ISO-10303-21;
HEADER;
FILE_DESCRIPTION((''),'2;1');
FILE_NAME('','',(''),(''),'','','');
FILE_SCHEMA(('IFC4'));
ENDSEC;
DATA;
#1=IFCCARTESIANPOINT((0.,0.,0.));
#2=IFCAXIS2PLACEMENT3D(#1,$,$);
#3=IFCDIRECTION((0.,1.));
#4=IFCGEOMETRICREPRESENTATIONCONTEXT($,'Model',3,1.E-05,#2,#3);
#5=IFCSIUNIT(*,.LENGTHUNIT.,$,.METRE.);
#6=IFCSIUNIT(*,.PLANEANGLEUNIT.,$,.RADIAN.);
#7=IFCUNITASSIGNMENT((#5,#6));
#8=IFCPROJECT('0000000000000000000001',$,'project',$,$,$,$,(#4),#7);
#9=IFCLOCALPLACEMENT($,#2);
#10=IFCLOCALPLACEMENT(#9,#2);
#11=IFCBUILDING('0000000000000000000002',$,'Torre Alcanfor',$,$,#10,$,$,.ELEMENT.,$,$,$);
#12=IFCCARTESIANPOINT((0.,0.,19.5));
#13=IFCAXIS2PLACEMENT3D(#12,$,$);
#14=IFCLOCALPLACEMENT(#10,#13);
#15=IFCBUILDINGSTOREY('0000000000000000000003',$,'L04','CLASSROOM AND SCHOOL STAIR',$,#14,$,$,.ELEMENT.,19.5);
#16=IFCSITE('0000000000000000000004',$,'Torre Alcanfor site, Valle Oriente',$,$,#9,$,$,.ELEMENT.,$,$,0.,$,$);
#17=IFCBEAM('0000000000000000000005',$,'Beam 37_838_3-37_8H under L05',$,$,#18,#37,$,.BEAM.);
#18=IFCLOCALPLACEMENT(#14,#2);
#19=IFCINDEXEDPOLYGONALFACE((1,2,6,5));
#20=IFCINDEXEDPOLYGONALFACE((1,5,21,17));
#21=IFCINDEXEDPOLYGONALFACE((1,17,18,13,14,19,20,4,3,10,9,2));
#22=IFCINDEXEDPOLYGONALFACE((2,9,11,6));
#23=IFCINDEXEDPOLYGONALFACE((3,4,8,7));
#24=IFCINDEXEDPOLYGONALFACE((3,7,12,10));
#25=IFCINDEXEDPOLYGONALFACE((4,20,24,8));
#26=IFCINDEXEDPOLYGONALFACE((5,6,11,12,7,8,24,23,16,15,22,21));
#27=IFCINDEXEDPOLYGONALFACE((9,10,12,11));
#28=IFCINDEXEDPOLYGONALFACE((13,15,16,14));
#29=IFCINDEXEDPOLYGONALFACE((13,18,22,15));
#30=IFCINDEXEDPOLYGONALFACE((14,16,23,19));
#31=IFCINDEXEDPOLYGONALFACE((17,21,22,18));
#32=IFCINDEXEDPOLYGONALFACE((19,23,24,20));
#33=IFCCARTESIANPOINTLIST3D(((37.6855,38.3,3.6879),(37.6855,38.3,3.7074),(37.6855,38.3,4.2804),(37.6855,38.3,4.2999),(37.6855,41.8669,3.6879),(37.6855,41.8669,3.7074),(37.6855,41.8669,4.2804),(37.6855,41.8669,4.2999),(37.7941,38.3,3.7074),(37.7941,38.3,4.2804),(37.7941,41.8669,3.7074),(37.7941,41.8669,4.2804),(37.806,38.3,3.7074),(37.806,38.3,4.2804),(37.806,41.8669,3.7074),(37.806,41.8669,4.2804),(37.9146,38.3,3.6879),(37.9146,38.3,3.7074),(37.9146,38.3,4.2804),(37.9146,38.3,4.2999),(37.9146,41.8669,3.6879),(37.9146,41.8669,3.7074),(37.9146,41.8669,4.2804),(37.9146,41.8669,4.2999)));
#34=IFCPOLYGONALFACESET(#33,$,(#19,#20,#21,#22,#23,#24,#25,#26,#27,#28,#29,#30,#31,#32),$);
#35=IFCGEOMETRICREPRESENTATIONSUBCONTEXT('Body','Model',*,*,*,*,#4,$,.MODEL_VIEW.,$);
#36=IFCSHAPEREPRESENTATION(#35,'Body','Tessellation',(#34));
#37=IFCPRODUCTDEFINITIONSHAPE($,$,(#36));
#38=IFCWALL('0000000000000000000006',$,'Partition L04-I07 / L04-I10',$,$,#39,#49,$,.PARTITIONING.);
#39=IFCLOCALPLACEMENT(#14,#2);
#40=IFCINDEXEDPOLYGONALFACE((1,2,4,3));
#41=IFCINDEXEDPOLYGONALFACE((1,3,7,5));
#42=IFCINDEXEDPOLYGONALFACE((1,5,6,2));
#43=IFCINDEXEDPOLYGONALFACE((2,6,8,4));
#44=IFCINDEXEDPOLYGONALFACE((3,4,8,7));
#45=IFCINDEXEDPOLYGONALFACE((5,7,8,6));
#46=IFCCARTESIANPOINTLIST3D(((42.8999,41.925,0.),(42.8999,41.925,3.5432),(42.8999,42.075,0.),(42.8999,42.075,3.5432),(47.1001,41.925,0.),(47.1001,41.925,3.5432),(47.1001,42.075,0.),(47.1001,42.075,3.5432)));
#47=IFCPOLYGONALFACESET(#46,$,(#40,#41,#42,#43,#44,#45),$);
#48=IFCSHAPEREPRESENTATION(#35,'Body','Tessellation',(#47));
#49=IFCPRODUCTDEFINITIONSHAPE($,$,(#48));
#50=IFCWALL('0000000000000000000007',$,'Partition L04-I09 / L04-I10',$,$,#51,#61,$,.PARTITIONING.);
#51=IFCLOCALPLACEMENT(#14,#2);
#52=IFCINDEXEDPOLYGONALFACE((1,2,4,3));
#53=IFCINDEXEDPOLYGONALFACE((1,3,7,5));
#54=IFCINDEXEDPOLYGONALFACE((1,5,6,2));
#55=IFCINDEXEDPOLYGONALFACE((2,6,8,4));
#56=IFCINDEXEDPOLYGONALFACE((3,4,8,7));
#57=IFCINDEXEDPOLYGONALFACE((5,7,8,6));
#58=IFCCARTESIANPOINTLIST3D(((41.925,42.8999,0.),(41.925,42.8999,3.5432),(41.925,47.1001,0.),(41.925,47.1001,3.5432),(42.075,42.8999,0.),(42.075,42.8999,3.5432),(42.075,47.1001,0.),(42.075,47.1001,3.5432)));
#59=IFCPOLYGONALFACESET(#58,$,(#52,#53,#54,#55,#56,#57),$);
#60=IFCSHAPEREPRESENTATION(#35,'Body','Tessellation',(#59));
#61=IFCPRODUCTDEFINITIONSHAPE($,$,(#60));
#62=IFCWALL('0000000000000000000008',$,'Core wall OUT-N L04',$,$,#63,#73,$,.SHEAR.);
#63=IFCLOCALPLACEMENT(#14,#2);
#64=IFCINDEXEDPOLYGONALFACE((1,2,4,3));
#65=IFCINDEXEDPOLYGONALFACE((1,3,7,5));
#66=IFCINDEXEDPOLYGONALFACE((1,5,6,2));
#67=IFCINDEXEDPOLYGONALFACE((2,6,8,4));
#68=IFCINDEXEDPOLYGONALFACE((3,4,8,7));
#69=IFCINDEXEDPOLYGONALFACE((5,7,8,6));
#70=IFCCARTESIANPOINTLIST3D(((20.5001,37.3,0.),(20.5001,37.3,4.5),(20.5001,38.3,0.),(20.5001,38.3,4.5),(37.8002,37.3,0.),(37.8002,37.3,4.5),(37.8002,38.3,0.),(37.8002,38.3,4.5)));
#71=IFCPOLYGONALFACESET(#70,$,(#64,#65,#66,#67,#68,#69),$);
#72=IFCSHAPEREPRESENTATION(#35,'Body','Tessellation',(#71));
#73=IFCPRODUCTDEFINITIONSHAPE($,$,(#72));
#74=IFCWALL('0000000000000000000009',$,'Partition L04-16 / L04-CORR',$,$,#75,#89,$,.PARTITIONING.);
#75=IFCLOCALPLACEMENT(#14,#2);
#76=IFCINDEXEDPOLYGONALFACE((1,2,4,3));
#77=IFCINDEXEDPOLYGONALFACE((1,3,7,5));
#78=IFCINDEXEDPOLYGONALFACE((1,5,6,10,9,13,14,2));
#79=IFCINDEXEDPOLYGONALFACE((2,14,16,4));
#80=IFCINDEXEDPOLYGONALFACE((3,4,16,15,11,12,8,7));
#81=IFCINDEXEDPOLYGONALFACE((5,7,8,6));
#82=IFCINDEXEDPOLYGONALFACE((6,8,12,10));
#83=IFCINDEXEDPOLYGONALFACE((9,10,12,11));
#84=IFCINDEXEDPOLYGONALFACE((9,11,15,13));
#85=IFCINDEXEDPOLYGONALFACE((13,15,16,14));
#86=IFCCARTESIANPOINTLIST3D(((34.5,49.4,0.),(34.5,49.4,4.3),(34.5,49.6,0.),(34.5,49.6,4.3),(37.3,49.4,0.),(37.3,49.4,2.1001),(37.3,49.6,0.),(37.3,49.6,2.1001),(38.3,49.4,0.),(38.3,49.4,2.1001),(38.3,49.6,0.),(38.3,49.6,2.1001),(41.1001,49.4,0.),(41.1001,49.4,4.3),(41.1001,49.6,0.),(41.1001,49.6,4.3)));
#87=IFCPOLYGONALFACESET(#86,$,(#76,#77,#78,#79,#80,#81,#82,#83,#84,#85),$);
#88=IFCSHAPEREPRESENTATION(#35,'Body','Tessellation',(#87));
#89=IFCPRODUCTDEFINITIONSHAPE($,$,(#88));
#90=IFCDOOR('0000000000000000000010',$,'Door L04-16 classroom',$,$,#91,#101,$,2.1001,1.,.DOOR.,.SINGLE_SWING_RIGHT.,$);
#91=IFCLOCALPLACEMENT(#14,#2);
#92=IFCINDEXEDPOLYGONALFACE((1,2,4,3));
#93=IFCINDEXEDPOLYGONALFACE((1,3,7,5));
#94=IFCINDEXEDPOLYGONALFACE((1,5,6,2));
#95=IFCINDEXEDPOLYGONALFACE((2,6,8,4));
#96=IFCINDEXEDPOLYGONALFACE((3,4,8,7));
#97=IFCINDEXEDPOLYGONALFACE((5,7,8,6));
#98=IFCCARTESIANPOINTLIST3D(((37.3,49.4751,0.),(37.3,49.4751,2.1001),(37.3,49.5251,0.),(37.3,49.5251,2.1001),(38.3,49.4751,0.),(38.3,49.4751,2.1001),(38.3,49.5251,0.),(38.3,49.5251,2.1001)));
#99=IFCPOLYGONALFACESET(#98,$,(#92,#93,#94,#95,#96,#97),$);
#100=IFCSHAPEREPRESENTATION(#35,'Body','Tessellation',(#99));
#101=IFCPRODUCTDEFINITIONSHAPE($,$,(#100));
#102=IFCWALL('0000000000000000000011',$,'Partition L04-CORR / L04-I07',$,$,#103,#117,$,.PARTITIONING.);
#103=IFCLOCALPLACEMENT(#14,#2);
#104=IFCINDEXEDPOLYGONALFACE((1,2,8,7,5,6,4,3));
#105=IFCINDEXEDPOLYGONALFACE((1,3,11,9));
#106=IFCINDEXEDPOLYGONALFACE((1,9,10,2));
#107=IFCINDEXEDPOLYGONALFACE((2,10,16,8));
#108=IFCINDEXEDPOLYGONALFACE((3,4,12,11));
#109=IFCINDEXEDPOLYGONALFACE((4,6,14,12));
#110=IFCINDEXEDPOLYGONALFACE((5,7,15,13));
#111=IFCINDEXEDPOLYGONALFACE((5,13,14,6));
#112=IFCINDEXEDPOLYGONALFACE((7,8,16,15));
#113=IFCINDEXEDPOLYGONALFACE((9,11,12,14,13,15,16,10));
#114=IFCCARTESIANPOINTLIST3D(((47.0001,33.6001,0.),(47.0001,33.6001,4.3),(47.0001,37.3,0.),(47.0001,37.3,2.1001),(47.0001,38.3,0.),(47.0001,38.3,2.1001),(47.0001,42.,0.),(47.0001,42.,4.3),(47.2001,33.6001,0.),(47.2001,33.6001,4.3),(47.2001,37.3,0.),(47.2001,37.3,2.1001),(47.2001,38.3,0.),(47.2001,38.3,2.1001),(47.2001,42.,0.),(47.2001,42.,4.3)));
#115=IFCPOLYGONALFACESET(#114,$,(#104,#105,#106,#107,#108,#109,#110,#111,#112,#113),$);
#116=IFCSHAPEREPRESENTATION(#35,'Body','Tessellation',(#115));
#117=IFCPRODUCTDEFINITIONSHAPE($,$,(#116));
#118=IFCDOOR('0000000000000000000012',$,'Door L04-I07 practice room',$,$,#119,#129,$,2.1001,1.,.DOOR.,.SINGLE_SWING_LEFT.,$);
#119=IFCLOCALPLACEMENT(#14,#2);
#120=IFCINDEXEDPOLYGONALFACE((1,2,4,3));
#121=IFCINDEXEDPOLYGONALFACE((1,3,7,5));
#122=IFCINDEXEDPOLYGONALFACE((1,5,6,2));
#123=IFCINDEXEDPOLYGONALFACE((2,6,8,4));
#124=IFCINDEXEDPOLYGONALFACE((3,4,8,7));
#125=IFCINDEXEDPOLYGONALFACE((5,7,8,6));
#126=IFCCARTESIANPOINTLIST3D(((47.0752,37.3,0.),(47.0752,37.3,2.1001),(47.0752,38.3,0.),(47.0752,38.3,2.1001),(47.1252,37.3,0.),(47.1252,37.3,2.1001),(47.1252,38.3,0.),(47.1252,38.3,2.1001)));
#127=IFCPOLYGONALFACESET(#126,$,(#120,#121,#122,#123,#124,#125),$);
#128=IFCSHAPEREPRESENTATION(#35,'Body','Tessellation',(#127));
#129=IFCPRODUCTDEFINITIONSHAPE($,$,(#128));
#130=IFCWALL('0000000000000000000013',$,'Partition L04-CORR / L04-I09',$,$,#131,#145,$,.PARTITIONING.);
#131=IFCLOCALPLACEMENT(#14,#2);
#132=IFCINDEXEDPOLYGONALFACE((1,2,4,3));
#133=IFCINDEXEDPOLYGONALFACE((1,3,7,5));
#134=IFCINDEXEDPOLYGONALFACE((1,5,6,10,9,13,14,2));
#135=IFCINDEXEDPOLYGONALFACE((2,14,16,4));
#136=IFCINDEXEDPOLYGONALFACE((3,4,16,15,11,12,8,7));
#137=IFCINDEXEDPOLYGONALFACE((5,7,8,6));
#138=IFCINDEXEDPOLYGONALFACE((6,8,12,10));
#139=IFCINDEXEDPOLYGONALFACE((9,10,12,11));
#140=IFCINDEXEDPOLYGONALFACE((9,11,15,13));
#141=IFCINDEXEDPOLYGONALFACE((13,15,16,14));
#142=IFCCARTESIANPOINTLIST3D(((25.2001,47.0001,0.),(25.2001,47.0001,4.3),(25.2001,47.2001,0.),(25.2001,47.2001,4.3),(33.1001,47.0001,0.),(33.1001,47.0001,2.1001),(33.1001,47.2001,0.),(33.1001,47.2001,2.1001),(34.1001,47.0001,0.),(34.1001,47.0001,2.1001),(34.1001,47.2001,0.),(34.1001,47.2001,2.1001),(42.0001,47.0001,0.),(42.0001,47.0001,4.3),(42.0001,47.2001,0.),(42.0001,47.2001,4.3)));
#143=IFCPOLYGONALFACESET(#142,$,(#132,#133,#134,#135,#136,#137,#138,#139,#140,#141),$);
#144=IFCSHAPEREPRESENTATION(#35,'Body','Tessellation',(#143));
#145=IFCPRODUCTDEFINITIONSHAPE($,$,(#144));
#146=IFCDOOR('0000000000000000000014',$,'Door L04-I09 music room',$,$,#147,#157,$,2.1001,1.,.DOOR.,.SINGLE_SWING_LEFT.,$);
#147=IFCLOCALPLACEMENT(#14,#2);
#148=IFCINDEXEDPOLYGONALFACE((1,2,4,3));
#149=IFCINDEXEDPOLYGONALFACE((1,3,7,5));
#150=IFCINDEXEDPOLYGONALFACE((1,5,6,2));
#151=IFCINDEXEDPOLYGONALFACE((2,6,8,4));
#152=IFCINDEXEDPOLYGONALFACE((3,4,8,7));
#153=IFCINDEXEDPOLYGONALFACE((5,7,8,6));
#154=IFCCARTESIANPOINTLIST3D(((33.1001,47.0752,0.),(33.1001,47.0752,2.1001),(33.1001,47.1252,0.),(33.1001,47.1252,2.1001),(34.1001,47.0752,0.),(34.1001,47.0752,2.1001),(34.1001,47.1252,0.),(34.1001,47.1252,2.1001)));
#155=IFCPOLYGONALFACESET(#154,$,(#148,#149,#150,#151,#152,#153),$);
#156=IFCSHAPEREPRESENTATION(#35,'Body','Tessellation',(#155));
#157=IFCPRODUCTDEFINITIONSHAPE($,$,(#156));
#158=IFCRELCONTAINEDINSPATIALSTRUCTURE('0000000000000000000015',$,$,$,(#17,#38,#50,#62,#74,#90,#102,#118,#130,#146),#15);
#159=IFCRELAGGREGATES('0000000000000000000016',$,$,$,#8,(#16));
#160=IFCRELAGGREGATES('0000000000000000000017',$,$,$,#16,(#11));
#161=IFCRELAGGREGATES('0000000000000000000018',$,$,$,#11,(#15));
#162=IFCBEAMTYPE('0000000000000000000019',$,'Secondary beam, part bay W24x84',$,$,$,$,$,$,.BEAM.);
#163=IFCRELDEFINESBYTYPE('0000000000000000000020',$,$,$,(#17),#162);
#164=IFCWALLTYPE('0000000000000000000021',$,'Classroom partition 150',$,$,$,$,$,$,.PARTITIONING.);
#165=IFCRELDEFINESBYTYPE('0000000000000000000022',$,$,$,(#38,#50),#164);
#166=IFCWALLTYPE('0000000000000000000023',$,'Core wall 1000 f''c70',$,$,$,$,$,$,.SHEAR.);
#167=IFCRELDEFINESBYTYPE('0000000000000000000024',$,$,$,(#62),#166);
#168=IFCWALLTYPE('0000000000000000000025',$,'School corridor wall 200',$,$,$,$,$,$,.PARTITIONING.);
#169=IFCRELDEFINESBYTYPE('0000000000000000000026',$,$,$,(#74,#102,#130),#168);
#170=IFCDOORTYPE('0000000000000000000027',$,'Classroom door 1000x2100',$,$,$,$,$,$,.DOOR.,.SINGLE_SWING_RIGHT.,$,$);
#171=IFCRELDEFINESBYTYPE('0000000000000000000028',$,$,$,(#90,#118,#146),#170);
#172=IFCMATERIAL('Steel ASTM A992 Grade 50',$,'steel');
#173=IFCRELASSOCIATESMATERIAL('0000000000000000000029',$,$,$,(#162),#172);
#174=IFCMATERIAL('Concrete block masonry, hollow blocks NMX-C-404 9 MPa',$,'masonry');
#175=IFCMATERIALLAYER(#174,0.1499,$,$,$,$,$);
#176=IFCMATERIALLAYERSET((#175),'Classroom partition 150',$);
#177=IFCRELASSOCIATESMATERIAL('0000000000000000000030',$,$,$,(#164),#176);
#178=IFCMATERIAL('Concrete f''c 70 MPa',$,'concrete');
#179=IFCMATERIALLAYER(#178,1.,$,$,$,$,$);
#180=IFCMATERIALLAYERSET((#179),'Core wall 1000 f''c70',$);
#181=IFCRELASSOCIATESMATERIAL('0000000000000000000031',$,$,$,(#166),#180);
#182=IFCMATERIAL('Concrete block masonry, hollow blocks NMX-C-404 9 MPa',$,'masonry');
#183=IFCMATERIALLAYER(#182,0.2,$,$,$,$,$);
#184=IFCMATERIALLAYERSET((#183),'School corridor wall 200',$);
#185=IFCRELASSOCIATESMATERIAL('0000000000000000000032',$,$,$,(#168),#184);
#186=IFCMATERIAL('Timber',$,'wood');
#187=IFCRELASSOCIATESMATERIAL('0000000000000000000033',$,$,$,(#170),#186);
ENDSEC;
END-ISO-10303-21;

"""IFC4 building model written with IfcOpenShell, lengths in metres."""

from ifc_helpers import new_model, si_unit, direction, frame, frame_2d, origin, origin_2d, place, context, subcontext, project, spatial, rectangle, i_section, extrude, material, layer, layer_set, material_profile, profile_set, type_object, element, fill, save


model = new_model("IFC4")

# Units and contexts
model_context = context("Model", 3, precision=1e-05, world=origin(), true_north=direction((0.0, 1.0)))
body_context = subcontext(model_context, "Body", "Model", "MODEL_VIEW")
ifc_project = project(units=[si_unit("LENGTHUNIT", "METRE"), si_unit("PLANEANGLEUNIT", "RADIAN")], contexts=[model_context])

# Site, building, storey
site_placement = place(None, origin())
site = spatial("IfcSite", under=ifc_project, at=site_placement, Name="Torre Alcanfor site, Valle Oriente", CompositionType="ELEMENT", RefElevation=0.0)
building_placement = place(site_placement, origin())
building = spatial("IfcBuilding", under=site, at=building_placement, Name="Torre Alcanfor", CompositionType="ELEMENT")
storey_placement = place(building_placement, frame((0.0, 0.0, 19.5)))
storey = spatial("IfcBuildingStorey", under=building, at=storey_placement, Name="L04", Description="CLASSROOM AND SCHOOL STAIR", CompositionType="ELEMENT", Elevation=19.5)

# Beam
ifc_material_1 = material(Name="Steel ASTM A992 Grade 50", Category="steel")
ifc_material_profile_1 = material_profile(ifc_material_1, i_section(OverallWidth=0.229, OverallDepth=0.6121, WebThickness=0.012, FlangeThickness=0.0195, at=origin_2d()), Name="W24x84")
ifc_profile_set_1 = profile_set([ifc_material_profile_1], Name="Steel ASTM A992 Grade 50")
beam_type_1 = type_object("IfcBeamType", Name="Secondary beam, part bay W24x84", PredefinedType="BEAM", material=ifc_profile_set_1)
beam_1_placement = place(storey_placement, frame((37.8, 38.3, 3.9939), z_axis=(0.0, 1.0, 0.0), x_axis=(-1.0, 0.0, 0.0)))
element("IfcBeam", 1, at=beam_1_placement, inside=storey, type_object=beam_type_1, Name="Beam 37_838_3-37_8H under L05", PredefinedType="BEAM", context=body_context, shape_type="SweptSolid", body=[
    extrude(i_section(OverallWidth=0.229, OverallDepth=0.6121, WebThickness=0.012, FlangeThickness=0.0195, at=origin_2d()), origin(), (0.0, 0.0, 1.0), 3.5669),
])

# Walls
ifc_material_2 = material(Name="Concrete block masonry, hollow blocks NMX-C-404 9 MPa", Category="masonry")
ifc_layer_1 = layer(ifc_material_2, 0.1499)
ifc_layer_set_1 = layer_set([ifc_layer_1], Name="Classroom partition 150")
wall_type_1 = type_object("IfcWallType", Name="Classroom partition 150", PredefinedType="PARTITIONING", material=ifc_layer_set_1)
for number, where, z_axis, x_axis, name in (
    (2, (42.8999, 42.0, 0.0), (0.0, 0.0, 1.0), (1.0, 0.0, 0.0), "Partition L04-I07 / L04-I10"),
    (3, (42.0, 47.1001, 0.0), (0.0, 0.0, 1.0), (0.0, -1.0, 0.0), "Partition L04-I09 / L04-I10"),
):
    element("IfcWall", number, at=place(storey_placement, frame(where, z_axis=z_axis, x_axis=x_axis)), inside=storey, type_object=wall_type_1, Name=name, PredefinedType="PARTITIONING", context=body_context, shape_type="SweptSolid", body=[
        extrude(rectangle(XDim=4.2002, YDim=0.1499, at=frame_2d((2.1001, 0.0))), origin(), (0.0, 0.0, 1.0), 3.5432),
    ])
ifc_material_3 = material(Name="Concrete f'c 70 MPa", Category="concrete")
ifc_layer_2 = layer(ifc_material_3, 1.0)
ifc_layer_set_2 = layer_set([ifc_layer_2], Name="Core wall 1000 f'c70")
wall_type_2 = type_object("IfcWallType", Name="Core wall 1000 f'c70", PredefinedType="SHEAR", material=ifc_layer_set_2)
wall_1_placement = place(storey_placement, frame((37.8, 37.8, 0.0), z_axis=(0.0, 0.0, 1.0), x_axis=(-1.0, 0.0, 0.0)))
element("IfcWall", 4, at=wall_1_placement, inside=storey, type_object=wall_type_2, Name="Core wall OUT-N L04", PredefinedType="SHEAR", context=body_context, shape_type="SweptSolid", body=[
    extrude(rectangle(XDim=17.3, YDim=1.0, at=frame_2d((8.6499, 0.0))), origin(), (0.0, 0.0, 1.0), 4.5),
])

# Walls, openings, doors
ifc_material_4 = material(Name="Concrete block masonry, hollow blocks NMX-C-404 9 MPa", Category="masonry")
ifc_layer_3 = layer(ifc_material_4, 0.2)
ifc_layer_set_3 = layer_set([ifc_layer_3], Name="School corridor wall 200")
wall_type_3 = type_object("IfcWallType", Name="School corridor wall 200", PredefinedType="PARTITIONING", material=ifc_layer_set_3)
wall_2_placement = place(storey_placement, frame((41.1001, 49.5, 0.0), z_axis=(0.0, 0.0, 1.0), x_axis=(-1.0, 0.0, 0.0)))
wall_2 = element("IfcWall", 5, at=wall_2_placement, inside=storey, type_object=wall_type_3, Name="Partition L04-16 / L04-CORR", PredefinedType="PARTITIONING", context=body_context, shape_type="SweptSolid", body=[
    extrude(rectangle(XDim=6.6001, YDim=0.2, at=frame_2d((3.3, 0.0))), origin(), (0.0, 0.0, 1.0), 4.3),
])
opening_1_placement = place(wall_2_placement, frame((2.8, 0.0, 0.0)))
opening_1 = element("IfcOpeningElement", 6, at=opening_1_placement, cuts=wall_2, PredefinedType="OPENING", context=body_context, shape_type="SweptSolid", body=[
    extrude(rectangle(XDim=1.0, YDim=2.1001, at=frame_2d((0.5, 1.05))), frame((0.0, 0.1099, 0.0), z_axis=(0.0, -1.0, 0.0), x_axis=(1.0, 0.0, 0.0)), (0.0, 0.0, 1.0), 0.22),
])
ifc_material_5 = material(Name="Timber", Category="wood")
door_type = type_object("IfcDoorType", Name="Classroom door 1000x2100", OperationType="SINGLE_SWING_RIGHT", PredefinedType="DOOR", material=ifc_material_5)
door_1_placement = place(opening_1_placement, frame((1.0, 0.0, 0.0), z_axis=(0.0, 0.0, 1.0), x_axis=(-1.0, 0.0, 0.0)))
door_1 = element("IfcDoor", 7, at=door_1_placement, inside=storey, type_object=door_type, Name="Door L04-16 classroom", OperationType="SINGLE_SWING_RIGHT", OverallHeight=2.1001, OverallWidth=1.0, PredefinedType="DOOR", context=body_context, shape_type="SweptSolid", body=[
    extrude(rectangle(XDim=1.0, YDim=2.1001, at=frame_2d((0.5, 1.05))), frame((0.0, 0.0251, 0.0), z_axis=(0.0, -1.0, 0.0), x_axis=(1.0, 0.0, 0.0)), (0.0, 0.0, 1.0), 0.05),
])
fill(opening_1, door_1)
wall_3_placement = place(storey_placement, frame((47.1001, 33.6001, 0.0), z_axis=(0.0, 0.0, 1.0), x_axis=(0.0, 1.0, 0.0)))
wall_3 = element("IfcWall", 8, at=wall_3_placement, inside=storey, type_object=wall_type_3, Name="Partition L04-CORR / L04-I07", PredefinedType="PARTITIONING", context=body_context, shape_type="SweptSolid", body=[
    extrude(rectangle(XDim=8.3999, YDim=0.2, at=frame_2d((4.2, 0.0))), origin(), (0.0, 0.0, 1.0), 4.3),
])
opening_2_placement = place(wall_3_placement, frame((3.7, 0.0, 0.0)))
opening_2 = element("IfcOpeningElement", 9, at=opening_2_placement, cuts=wall_3, PredefinedType="OPENING", context=body_context, shape_type="SweptSolid", body=[
    extrude(rectangle(XDim=1.0, YDim=2.1001, at=frame_2d((0.5, 1.05))), frame((0.0, 0.1099, 0.0), z_axis=(0.0, -1.0, 0.0), x_axis=(1.0, 0.0, 0.0)), (0.0, 0.0, 1.0), 0.22),
])
door_2_placement = place(opening_2_placement, origin())
door_2 = element("IfcDoor", 10, at=door_2_placement, inside=storey, type_object=door_type, Name="Door L04-I07 practice room", OperationType="SINGLE_SWING_LEFT", OverallHeight=2.1001, OverallWidth=1.0, PredefinedType="DOOR", context=body_context, shape_type="SweptSolid", body=[
    extrude(rectangle(XDim=1.0, YDim=2.1001, at=frame_2d((0.5, 1.05))), frame((0.0, 0.0249, 0.0), z_axis=(0.0, -1.0, 0.0), x_axis=(1.0, 0.0, 0.0)), (0.0, 0.0, 1.0), 0.05),
])
fill(opening_2, door_2)
wall_4_placement = place(storey_placement, frame((42.0, 47.1001, 0.0), z_axis=(0.0, 0.0, 1.0), x_axis=(-1.0, 0.0, 0.0)))
wall_4 = element("IfcWall", 11, at=wall_4_placement, inside=storey, type_object=wall_type_3, Name="Partition L04-CORR / L04-I09", PredefinedType="PARTITIONING", context=body_context, shape_type="SweptSolid", body=[
    extrude(rectangle(XDim=16.8, YDim=0.2, at=frame_2d((8.3999, 0.0))), origin(), (0.0, 0.0, 1.0), 4.3),
])
opening_3_placement = place(wall_4_placement, frame((7.8999, 0.0, 0.0)))
opening_3 = element("IfcOpeningElement", 12, at=opening_3_placement, cuts=wall_4, PredefinedType="OPENING", context=body_context, shape_type="SweptSolid", body=[
    extrude(rectangle(XDim=1.0, YDim=2.1001, at=frame_2d((0.5, 1.05))), frame((0.0, 0.1099, 0.0), z_axis=(0.0, -1.0, 0.0), x_axis=(1.0, 0.0, 0.0)), (0.0, 0.0, 1.0), 0.22),
])
door_3_placement = place(opening_3_placement, origin())
door_3 = element("IfcDoor", 13, at=door_3_placement, inside=storey, type_object=door_type, Name="Door L04-I09 music room", OperationType="SINGLE_SWING_LEFT", OverallHeight=2.1001, OverallWidth=1.0, PredefinedType="DOOR", context=body_context, shape_type="SweptSolid", body=[
    extrude(rectangle(XDim=1.0, YDim=2.1001, at=frame_2d((0.5, 1.05))), frame((0.0, 0.0249, 0.0), z_axis=(0.0, -1.0, 0.0), x_axis=(1.0, 0.0, 0.0)), (0.0, 0.0, 1.0), 0.05),
])
fill(opening_3, door_3)

save(model, "model.ifc")
